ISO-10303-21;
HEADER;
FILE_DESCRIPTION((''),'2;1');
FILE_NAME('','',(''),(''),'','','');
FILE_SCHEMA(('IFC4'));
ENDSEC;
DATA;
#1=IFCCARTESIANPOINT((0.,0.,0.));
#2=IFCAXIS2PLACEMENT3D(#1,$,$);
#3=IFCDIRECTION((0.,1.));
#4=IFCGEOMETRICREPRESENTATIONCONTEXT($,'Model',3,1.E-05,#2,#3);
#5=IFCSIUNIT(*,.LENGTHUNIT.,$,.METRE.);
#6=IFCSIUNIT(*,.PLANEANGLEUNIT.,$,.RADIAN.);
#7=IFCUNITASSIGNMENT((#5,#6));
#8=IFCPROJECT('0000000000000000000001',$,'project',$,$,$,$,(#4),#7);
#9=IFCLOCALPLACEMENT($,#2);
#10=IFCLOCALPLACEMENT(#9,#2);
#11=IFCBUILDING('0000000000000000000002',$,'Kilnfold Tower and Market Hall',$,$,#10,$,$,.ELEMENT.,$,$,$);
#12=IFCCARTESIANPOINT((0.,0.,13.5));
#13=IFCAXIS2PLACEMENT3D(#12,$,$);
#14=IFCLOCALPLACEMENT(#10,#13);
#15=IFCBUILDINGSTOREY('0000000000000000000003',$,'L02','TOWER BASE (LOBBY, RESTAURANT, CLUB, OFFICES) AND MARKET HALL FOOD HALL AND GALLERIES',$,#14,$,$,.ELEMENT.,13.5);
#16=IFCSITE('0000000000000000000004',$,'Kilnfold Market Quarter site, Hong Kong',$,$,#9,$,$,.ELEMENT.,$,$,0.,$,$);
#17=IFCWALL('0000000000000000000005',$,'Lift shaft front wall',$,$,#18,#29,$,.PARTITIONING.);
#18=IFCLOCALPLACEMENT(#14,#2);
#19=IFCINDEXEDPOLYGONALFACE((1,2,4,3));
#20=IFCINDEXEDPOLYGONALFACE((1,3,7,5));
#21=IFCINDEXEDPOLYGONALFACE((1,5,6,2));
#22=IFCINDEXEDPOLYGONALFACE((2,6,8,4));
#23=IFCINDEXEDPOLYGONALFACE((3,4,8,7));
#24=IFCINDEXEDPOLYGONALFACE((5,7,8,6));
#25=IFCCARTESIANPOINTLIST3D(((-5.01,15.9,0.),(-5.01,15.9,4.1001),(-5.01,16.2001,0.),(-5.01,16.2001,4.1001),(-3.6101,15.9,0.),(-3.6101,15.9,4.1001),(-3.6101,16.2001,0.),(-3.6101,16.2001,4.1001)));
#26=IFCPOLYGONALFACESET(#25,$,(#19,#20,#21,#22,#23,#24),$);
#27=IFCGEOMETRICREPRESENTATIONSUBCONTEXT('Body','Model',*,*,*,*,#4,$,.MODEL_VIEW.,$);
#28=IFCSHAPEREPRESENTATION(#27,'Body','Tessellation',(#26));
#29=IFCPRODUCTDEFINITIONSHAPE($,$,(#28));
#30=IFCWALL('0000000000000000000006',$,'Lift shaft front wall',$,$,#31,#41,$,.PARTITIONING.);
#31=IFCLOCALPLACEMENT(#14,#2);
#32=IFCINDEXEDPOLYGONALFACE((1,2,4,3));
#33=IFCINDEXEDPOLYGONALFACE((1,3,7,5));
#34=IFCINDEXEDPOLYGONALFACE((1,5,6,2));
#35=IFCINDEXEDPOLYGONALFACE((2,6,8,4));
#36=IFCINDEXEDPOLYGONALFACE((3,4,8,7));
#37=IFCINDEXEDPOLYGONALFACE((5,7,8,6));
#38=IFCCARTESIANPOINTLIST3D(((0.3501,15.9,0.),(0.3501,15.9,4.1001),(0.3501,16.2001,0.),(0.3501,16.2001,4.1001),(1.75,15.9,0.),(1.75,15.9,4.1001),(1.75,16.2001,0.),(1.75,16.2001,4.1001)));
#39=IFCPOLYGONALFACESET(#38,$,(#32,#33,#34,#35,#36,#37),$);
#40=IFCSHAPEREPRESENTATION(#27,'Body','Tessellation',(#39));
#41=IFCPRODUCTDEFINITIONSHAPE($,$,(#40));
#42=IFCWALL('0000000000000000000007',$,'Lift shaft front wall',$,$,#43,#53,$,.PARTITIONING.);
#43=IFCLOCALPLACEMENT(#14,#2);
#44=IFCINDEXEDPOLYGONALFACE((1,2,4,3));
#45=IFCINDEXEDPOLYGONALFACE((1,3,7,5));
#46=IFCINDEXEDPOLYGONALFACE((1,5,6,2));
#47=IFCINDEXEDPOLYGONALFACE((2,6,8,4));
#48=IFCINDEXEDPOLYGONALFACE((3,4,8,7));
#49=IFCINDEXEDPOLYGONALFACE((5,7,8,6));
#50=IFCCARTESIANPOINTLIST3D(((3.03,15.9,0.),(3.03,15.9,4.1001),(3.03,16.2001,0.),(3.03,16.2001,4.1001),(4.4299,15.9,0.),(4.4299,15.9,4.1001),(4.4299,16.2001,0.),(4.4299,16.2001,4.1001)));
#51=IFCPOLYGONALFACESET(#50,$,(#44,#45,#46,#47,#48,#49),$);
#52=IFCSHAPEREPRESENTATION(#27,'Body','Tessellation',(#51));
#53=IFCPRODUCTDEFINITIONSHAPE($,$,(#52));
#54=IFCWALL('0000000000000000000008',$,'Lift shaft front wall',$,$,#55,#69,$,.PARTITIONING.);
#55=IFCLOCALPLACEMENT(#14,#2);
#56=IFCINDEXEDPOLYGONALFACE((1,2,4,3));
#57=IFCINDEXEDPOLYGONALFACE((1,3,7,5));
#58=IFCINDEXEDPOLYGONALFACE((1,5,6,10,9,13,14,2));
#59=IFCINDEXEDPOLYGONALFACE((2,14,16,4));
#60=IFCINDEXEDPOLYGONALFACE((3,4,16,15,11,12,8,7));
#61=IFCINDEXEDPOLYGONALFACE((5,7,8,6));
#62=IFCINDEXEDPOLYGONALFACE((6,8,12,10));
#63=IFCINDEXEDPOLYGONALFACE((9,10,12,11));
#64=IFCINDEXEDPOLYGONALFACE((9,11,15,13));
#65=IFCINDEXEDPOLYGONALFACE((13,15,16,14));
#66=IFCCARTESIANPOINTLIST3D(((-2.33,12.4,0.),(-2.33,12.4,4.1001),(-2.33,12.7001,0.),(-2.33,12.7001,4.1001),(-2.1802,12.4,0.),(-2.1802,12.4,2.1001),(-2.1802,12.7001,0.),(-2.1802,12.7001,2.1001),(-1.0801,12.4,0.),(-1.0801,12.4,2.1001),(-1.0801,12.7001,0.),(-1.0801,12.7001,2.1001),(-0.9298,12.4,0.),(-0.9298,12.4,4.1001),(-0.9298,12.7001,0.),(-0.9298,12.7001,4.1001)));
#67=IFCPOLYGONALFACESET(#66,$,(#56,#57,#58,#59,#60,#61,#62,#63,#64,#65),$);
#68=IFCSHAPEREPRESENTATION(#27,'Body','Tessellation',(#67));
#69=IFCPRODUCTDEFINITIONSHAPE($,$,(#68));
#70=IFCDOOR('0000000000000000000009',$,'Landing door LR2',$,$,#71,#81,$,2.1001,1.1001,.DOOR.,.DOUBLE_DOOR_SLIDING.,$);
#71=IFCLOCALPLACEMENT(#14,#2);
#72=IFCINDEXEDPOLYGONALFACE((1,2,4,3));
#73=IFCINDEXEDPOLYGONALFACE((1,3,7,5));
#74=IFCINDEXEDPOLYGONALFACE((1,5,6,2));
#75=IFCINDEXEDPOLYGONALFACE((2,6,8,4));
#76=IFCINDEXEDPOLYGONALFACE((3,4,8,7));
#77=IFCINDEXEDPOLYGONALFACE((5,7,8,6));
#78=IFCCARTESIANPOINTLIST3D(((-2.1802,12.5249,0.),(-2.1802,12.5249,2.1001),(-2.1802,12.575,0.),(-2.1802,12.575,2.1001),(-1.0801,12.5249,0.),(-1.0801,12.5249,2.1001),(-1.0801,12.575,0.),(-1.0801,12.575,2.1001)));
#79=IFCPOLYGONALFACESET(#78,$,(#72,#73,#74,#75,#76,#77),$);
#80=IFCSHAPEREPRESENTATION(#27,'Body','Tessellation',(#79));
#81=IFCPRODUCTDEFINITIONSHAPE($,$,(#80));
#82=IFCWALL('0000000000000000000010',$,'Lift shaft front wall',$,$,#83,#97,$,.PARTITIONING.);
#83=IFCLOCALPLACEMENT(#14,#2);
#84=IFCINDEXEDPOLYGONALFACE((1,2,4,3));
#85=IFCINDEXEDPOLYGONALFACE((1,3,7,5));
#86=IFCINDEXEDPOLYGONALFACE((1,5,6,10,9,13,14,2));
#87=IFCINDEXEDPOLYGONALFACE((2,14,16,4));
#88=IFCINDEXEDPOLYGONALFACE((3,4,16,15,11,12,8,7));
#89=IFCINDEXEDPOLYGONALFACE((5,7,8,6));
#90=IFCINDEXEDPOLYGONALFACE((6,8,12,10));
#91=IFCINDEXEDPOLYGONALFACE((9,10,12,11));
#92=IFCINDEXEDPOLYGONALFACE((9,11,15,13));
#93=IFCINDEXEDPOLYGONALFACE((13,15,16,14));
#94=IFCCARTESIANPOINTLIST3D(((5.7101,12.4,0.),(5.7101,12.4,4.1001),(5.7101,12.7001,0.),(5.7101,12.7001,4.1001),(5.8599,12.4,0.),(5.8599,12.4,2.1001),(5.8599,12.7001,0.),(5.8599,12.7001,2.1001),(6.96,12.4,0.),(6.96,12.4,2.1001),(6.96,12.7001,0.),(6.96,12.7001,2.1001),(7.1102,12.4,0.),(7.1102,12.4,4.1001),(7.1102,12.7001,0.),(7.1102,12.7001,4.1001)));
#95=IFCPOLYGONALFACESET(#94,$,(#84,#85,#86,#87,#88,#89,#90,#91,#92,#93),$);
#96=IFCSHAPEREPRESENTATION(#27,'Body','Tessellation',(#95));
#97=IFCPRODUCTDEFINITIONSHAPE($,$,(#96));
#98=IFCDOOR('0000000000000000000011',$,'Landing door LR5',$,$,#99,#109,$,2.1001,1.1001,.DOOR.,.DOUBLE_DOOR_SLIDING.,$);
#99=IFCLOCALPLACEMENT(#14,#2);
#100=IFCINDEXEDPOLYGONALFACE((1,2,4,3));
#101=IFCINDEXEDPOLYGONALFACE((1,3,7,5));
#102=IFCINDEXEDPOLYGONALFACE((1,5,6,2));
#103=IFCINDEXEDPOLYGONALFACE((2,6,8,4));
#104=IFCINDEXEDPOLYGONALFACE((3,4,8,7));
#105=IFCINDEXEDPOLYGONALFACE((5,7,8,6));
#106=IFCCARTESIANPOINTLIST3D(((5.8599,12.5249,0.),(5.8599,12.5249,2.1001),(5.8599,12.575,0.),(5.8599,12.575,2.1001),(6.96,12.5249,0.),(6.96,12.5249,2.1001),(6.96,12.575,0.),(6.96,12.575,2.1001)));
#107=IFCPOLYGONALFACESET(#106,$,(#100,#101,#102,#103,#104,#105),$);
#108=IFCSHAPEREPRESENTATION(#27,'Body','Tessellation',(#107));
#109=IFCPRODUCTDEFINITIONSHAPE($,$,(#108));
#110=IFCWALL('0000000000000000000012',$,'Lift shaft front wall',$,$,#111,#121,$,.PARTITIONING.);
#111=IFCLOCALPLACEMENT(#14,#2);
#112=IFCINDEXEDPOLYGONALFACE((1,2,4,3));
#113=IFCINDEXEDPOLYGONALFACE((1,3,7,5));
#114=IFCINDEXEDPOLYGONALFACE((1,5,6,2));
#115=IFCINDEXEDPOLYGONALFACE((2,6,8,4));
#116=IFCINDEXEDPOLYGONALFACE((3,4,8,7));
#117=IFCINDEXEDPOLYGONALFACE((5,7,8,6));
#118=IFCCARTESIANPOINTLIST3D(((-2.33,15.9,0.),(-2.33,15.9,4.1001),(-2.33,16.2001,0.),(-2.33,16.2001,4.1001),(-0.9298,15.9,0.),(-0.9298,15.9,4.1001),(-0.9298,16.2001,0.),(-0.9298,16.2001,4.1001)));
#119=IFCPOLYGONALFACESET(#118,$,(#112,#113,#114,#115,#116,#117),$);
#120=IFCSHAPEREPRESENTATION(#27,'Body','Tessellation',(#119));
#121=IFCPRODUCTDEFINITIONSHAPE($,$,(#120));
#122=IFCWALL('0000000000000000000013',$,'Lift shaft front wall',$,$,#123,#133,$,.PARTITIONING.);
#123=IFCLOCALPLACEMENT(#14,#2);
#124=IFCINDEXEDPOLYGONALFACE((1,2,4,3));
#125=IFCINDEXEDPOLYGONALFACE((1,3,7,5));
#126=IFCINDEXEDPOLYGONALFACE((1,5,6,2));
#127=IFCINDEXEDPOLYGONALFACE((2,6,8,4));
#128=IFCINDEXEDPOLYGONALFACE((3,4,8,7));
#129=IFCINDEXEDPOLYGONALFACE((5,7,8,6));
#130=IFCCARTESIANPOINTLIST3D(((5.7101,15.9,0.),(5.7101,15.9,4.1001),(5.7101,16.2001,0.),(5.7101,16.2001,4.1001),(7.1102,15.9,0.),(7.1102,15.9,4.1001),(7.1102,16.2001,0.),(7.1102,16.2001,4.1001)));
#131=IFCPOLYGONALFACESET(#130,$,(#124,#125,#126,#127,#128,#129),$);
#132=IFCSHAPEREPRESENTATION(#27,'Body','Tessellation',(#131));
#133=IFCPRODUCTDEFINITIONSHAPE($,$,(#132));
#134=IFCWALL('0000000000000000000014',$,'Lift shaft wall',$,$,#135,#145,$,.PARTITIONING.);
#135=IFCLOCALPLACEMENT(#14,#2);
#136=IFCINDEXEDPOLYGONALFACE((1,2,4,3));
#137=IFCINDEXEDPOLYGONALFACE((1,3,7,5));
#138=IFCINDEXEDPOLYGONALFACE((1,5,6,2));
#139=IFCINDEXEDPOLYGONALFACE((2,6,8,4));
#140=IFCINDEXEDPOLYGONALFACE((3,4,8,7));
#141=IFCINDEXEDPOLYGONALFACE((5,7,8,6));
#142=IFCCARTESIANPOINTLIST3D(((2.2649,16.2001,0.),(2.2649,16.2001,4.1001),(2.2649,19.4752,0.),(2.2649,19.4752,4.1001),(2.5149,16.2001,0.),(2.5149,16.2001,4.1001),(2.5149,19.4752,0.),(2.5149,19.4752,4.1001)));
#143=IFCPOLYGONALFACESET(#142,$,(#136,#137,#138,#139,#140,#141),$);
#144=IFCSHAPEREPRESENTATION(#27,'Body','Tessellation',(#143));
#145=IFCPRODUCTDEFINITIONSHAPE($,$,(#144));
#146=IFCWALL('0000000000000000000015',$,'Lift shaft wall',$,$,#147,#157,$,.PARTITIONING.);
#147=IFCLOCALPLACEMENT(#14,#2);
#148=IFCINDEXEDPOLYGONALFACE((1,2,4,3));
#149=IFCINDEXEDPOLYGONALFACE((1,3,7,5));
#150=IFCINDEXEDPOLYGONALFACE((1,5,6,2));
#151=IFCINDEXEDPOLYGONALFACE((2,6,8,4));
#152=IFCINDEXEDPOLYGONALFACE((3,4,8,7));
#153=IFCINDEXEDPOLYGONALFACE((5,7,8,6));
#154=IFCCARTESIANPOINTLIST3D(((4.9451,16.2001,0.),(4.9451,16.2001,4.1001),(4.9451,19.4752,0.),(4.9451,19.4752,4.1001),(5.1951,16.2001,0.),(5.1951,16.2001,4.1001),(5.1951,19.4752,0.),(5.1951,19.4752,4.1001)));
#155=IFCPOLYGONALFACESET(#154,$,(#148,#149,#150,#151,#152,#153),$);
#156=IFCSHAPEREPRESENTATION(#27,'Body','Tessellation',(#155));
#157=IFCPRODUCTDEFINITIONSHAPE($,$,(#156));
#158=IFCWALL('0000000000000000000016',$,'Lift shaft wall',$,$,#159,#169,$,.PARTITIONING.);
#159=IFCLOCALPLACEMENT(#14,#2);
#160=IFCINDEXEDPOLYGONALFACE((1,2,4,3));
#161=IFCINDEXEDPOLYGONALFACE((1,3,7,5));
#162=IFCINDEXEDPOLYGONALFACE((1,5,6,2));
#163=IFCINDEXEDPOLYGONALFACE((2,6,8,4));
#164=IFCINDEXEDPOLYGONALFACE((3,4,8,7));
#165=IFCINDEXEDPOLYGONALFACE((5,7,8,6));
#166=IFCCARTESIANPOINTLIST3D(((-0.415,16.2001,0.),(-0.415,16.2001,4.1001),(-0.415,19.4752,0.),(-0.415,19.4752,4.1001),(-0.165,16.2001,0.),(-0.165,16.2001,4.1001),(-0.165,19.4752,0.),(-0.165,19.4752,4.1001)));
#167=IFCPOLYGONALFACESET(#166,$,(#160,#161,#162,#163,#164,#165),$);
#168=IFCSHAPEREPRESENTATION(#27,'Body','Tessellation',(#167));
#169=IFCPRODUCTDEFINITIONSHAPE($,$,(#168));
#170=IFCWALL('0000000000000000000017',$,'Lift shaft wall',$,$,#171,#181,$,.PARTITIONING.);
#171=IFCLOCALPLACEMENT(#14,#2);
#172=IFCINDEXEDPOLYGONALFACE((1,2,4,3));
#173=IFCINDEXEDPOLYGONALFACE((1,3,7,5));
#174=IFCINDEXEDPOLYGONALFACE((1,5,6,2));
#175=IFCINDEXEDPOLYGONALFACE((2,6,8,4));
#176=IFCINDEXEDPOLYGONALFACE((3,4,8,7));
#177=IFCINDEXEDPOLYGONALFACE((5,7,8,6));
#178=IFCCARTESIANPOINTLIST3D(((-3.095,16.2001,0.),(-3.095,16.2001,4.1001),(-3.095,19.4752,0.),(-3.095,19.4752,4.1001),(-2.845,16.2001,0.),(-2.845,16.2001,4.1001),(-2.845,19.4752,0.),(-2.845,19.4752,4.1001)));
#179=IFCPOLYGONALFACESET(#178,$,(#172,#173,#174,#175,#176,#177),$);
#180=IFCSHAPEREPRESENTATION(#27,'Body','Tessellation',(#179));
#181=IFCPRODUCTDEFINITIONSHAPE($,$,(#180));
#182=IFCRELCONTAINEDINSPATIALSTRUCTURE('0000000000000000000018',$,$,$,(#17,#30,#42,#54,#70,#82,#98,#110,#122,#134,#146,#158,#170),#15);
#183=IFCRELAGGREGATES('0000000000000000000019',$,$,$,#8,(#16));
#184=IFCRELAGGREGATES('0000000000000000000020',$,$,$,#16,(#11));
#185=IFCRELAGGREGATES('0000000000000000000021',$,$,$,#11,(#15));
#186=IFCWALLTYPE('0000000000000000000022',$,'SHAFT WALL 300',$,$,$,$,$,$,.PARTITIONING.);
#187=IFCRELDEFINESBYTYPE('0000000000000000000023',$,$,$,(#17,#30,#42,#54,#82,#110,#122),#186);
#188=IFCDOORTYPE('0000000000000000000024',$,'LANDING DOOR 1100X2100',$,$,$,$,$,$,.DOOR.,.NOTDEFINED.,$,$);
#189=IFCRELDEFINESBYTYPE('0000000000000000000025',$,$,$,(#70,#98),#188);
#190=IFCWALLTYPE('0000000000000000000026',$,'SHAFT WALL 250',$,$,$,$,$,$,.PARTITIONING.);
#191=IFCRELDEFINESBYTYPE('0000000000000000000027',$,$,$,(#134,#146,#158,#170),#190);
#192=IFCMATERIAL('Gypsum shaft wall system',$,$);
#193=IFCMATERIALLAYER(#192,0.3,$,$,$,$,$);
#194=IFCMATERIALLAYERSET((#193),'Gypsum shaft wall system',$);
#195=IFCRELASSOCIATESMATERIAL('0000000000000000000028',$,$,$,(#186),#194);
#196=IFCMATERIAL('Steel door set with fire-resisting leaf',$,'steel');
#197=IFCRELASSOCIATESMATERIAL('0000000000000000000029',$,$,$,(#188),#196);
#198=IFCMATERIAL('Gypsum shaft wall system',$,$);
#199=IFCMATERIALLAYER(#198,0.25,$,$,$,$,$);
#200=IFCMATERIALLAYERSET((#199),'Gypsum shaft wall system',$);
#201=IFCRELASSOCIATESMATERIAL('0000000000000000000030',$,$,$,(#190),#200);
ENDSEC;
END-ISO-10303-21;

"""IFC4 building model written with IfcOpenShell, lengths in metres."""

from ifc_helpers import new_model, si_unit, direction, frame, frame_2d, origin, place, context, subcontext, project, spatial, rectangle, extrude, source, transform, mapped, material, layer, layer_set, type_object, element, fill, save


model = new_model("IFC4")

# Units and contexts
model_context = context("Model", 3, precision=1e-05, world=origin(), true_north=direction((0.0, 1.0)))
body_context = subcontext(model_context, "Body", "Model", "MODEL_VIEW")
ifc_project = project(units=[si_unit("LENGTHUNIT", "METRE"), si_unit("PLANEANGLEUNIT", "RADIAN")], contexts=[model_context])

# Site, building, storey
site_placement = place(None, origin())
site = spatial("IfcSite", under=ifc_project, at=site_placement, Name="Kilnfold Market Quarter site, Hong Kong", CompositionType="ELEMENT", RefElevation=0.0)
building_placement = place(site_placement, origin())
building = spatial("IfcBuilding", under=site, at=building_placement, Name="Kilnfold Tower and Market Hall", CompositionType="ELEMENT")
storey_placement = place(building_placement, frame((0.0, 0.0, 13.5)))
storey = spatial("IfcBuildingStorey", under=building, at=storey_placement, Name="L02", Description="TOWER BASE (LOBBY, RESTAURANT, CLUB, OFFICES) AND MARKET HALL FOOD HALL AND GALLERIES", CompositionType="ELEMENT", Elevation=13.5)

# Shared definitions
ifc_material_1 = material(Name="Gypsum shaft wall system")
ifc_layer_1 = layer(ifc_material_1, 0.3)
ifc_layer_set_1 = layer_set([ifc_layer_1], Name="Gypsum shaft wall system")
wall_type_1 = type_object("IfcWallType", Name="SHAFT WALL 300", PredefinedType="PARTITIONING", material=ifc_layer_set_1)
shared_shape_1 = source(origin(), body_context, "Body", "SweptSolid", [
    extrude(rectangle(XDim=1.3999, YDim=0.3, at=frame_2d((0.7, 0.0))), origin(), (0.0, 0.0, 1.0), 4.1001),
])
ifc_material_2 = material(Name="Steel door set with fire-resisting leaf", Category="steel")
door_type = type_object("IfcDoorType", Name="LANDING DOOR 1100X2100", OperationType="NOTDEFINED", PredefinedType="DOOR", material=ifc_material_2)

# Walls
for number, where, z_axis, x_axis, name in (
    (1, (-5.01, 16.05, 0.0), (0.0, 0.0, 1.0), (1.0, 0.0, 0.0), "Lift shaft front wall"),
    (2, (0.3501, 16.05, 0.0), (0.0, 0.0, 1.0), (1.0, 0.0, 0.0), "Lift shaft front wall"),
    (3, (3.03, 16.05, 0.0), (0.0, 0.0, 1.0), (1.0, 0.0, 0.0), "Lift shaft front wall"),
):
    element("IfcWall", number, at=place(storey_placement, frame(where, z_axis=z_axis, x_axis=x_axis)), inside=storey, type_object=wall_type_1, Name=name, PredefinedType="PARTITIONING", context=body_context, shape_type="MappedRepresentation", body=[
        mapped(shared_shape_1, transform((0.0, 0.0, 0.0))),
    ])

# Walls, openings, doors
shared_shape_2 = source(origin(), body_context, "Body", "SweptSolid", [
    extrude(rectangle(XDim=1.4001, YDim=0.3, at=frame_2d((0.7002, 0.0))), origin(), (0.0, 0.0, 1.0), 4.1001),
])
wall_1_placement = place(storey_placement, frame((-2.3301, 12.55, 0.0), z_axis=(0.0, 0.0, 1.0), x_axis=(1.0, 0.0, 0.0)))
wall_1 = element("IfcWall", 4, at=wall_1_placement, inside=storey, type_object=wall_type_1, Name="Lift shaft front wall", PredefinedType="PARTITIONING", context=body_context, shape_type="MappedRepresentation", body=[
    mapped(shared_shape_2, transform((0.0, 0.0, 0.0))),
])
opening_1_placement = place(wall_1_placement, frame((0.1499, 0.0, 0.0)))
opening_1 = element("IfcOpeningElement", 5, at=opening_1_placement, cuts=wall_1, PredefinedType="OPENING", context=body_context, shape_type="SweptSolid", body=[
    extrude(rectangle(XDim=1.1001, YDim=2.1001, at=frame_2d((0.55, 1.05))), frame((0.0, 0.1602, 0.0), z_axis=(0.0, -1.0, 0.0), x_axis=(1.0, 0.0, 0.0)), (0.0, 0.0, 1.0), 0.3201),
])
door_1_placement = place(opening_1_placement, origin())
door_1 = element("IfcDoor", 6, at=door_1_placement, inside=storey, type_object=door_type, Name="Landing door LR2", OperationType="DOUBLE_DOOR_SLIDING", OverallHeight=2.1001, OverallWidth=1.1001, PredefinedType="DOOR", context=body_context, shape_type="SweptSolid", body=[
    extrude(rectangle(XDim=1.1001, YDim=2.1001, at=frame_2d((0.55, 1.05))), frame((0.0, 0.0249, 0.0), z_axis=(0.0, -1.0, 0.0), x_axis=(1.0, 0.0, 0.0)), (0.0, 0.0, 1.0), 0.05),
])
fill(opening_1, door_1)
wall_2_placement = place(storey_placement, frame((5.71, 12.55, 0.0), z_axis=(0.0, 0.0, 1.0), x_axis=(1.0, 0.0, 0.0)))
wall_2 = element("IfcWall", 7, at=wall_2_placement, inside=storey, type_object=wall_type_1, Name="Lift shaft front wall", PredefinedType="PARTITIONING", context=body_context, shape_type="MappedRepresentation", body=[
    mapped(shared_shape_2, transform((0.0, 0.0, 0.0))),
])
opening_2_placement = place(wall_2_placement, frame((0.1499, 0.0, 0.0)))
opening_2 = element("IfcOpeningElement", 8, at=opening_2_placement, cuts=wall_2, PredefinedType="OPENING", context=body_context, shape_type="SweptSolid", body=[
    extrude(rectangle(XDim=1.1001, YDim=2.1001, at=frame_2d((0.55, 1.05))), frame((0.0, 0.1602, 0.0), z_axis=(0.0, -1.0, 0.0), x_axis=(1.0, 0.0, 0.0)), (0.0, 0.0, 1.0), 0.3201),
])
door_2_placement = place(opening_2_placement, origin())
door_2 = element("IfcDoor", 9, at=door_2_placement, inside=storey, type_object=door_type, Name="Landing door LR5", OperationType="DOUBLE_DOOR_SLIDING", OverallHeight=2.1001, OverallWidth=1.1001, PredefinedType="DOOR", context=body_context, shape_type="SweptSolid", body=[
    extrude(rectangle(XDim=1.1001, YDim=2.1001, at=frame_2d((0.55, 1.05))), frame((0.0, 0.0249, 0.0), z_axis=(0.0, -1.0, 0.0), x_axis=(1.0, 0.0, 0.0)), (0.0, 0.0, 1.0), 0.05),
])
fill(opening_2, door_2)

# Walls
for number, where, z_axis, x_axis, name in (
    (10, (-2.3301, 16.05, 0.0), (0.0, 0.0, 1.0), (1.0, 0.0, 0.0), "Lift shaft front wall"),
    (11, (5.71, 16.05, 0.0), (0.0, 0.0, 1.0), (1.0, 0.0, 0.0), "Lift shaft front wall"),
):
    element("IfcWall", number, at=place(storey_placement, frame(where, z_axis=z_axis, x_axis=x_axis)), inside=storey, type_object=wall_type_1, Name=name, PredefinedType="PARTITIONING", context=body_context, shape_type="MappedRepresentation", body=[
        mapped(shared_shape_2, transform((0.0, 0.0, 0.0))),
    ])
ifc_material_3 = material(Name="Gypsum shaft wall system")
ifc_layer_2 = layer(ifc_material_3, 0.25)
ifc_layer_set_2 = layer_set([ifc_layer_2], Name="Gypsum shaft wall system")
wall_type_2 = type_object("IfcWallType", Name="SHAFT WALL 250", PredefinedType="PARTITIONING", material=ifc_layer_set_2)
shared_shape_3 = source(origin(), body_context, "Body", "SweptSolid", [
    extrude(rectangle(XDim=3.2751, YDim=0.25, at=frame_2d((1.6377, 0.0))), origin(), (0.0, 0.0, 1.0), 4.1001),
])
for number, where, z_axis, x_axis, name in (
    (12, (2.3899, 16.2, 0.0), (0.0, 0.0, 1.0), (0.0, 1.0, 0.0), "Lift shaft wall"),
    (13, (5.0701, 16.2, 0.0), (0.0, 0.0, 1.0), (0.0, 1.0, 0.0), "Lift shaft wall"),
    (14, (-0.29, 16.2, 0.0), (0.0, 0.0, 1.0), (0.0, 1.0, 0.0), "Lift shaft wall"),
    (15, (-2.97, 16.2, 0.0), (0.0, 0.0, 1.0), (0.0, 1.0, 0.0), "Lift shaft wall"),
):
    element("IfcWall", number, at=place(storey_placement, frame(where, z_axis=z_axis, x_axis=x_axis)), inside=storey, type_object=wall_type_2, Name=name, PredefinedType="PARTITIONING", context=body_context, shape_type="MappedRepresentation", body=[
        mapped(shared_shape_3, transform((0.0, 0.0, 0.0))),
    ])

save(model, "model.ifc")
